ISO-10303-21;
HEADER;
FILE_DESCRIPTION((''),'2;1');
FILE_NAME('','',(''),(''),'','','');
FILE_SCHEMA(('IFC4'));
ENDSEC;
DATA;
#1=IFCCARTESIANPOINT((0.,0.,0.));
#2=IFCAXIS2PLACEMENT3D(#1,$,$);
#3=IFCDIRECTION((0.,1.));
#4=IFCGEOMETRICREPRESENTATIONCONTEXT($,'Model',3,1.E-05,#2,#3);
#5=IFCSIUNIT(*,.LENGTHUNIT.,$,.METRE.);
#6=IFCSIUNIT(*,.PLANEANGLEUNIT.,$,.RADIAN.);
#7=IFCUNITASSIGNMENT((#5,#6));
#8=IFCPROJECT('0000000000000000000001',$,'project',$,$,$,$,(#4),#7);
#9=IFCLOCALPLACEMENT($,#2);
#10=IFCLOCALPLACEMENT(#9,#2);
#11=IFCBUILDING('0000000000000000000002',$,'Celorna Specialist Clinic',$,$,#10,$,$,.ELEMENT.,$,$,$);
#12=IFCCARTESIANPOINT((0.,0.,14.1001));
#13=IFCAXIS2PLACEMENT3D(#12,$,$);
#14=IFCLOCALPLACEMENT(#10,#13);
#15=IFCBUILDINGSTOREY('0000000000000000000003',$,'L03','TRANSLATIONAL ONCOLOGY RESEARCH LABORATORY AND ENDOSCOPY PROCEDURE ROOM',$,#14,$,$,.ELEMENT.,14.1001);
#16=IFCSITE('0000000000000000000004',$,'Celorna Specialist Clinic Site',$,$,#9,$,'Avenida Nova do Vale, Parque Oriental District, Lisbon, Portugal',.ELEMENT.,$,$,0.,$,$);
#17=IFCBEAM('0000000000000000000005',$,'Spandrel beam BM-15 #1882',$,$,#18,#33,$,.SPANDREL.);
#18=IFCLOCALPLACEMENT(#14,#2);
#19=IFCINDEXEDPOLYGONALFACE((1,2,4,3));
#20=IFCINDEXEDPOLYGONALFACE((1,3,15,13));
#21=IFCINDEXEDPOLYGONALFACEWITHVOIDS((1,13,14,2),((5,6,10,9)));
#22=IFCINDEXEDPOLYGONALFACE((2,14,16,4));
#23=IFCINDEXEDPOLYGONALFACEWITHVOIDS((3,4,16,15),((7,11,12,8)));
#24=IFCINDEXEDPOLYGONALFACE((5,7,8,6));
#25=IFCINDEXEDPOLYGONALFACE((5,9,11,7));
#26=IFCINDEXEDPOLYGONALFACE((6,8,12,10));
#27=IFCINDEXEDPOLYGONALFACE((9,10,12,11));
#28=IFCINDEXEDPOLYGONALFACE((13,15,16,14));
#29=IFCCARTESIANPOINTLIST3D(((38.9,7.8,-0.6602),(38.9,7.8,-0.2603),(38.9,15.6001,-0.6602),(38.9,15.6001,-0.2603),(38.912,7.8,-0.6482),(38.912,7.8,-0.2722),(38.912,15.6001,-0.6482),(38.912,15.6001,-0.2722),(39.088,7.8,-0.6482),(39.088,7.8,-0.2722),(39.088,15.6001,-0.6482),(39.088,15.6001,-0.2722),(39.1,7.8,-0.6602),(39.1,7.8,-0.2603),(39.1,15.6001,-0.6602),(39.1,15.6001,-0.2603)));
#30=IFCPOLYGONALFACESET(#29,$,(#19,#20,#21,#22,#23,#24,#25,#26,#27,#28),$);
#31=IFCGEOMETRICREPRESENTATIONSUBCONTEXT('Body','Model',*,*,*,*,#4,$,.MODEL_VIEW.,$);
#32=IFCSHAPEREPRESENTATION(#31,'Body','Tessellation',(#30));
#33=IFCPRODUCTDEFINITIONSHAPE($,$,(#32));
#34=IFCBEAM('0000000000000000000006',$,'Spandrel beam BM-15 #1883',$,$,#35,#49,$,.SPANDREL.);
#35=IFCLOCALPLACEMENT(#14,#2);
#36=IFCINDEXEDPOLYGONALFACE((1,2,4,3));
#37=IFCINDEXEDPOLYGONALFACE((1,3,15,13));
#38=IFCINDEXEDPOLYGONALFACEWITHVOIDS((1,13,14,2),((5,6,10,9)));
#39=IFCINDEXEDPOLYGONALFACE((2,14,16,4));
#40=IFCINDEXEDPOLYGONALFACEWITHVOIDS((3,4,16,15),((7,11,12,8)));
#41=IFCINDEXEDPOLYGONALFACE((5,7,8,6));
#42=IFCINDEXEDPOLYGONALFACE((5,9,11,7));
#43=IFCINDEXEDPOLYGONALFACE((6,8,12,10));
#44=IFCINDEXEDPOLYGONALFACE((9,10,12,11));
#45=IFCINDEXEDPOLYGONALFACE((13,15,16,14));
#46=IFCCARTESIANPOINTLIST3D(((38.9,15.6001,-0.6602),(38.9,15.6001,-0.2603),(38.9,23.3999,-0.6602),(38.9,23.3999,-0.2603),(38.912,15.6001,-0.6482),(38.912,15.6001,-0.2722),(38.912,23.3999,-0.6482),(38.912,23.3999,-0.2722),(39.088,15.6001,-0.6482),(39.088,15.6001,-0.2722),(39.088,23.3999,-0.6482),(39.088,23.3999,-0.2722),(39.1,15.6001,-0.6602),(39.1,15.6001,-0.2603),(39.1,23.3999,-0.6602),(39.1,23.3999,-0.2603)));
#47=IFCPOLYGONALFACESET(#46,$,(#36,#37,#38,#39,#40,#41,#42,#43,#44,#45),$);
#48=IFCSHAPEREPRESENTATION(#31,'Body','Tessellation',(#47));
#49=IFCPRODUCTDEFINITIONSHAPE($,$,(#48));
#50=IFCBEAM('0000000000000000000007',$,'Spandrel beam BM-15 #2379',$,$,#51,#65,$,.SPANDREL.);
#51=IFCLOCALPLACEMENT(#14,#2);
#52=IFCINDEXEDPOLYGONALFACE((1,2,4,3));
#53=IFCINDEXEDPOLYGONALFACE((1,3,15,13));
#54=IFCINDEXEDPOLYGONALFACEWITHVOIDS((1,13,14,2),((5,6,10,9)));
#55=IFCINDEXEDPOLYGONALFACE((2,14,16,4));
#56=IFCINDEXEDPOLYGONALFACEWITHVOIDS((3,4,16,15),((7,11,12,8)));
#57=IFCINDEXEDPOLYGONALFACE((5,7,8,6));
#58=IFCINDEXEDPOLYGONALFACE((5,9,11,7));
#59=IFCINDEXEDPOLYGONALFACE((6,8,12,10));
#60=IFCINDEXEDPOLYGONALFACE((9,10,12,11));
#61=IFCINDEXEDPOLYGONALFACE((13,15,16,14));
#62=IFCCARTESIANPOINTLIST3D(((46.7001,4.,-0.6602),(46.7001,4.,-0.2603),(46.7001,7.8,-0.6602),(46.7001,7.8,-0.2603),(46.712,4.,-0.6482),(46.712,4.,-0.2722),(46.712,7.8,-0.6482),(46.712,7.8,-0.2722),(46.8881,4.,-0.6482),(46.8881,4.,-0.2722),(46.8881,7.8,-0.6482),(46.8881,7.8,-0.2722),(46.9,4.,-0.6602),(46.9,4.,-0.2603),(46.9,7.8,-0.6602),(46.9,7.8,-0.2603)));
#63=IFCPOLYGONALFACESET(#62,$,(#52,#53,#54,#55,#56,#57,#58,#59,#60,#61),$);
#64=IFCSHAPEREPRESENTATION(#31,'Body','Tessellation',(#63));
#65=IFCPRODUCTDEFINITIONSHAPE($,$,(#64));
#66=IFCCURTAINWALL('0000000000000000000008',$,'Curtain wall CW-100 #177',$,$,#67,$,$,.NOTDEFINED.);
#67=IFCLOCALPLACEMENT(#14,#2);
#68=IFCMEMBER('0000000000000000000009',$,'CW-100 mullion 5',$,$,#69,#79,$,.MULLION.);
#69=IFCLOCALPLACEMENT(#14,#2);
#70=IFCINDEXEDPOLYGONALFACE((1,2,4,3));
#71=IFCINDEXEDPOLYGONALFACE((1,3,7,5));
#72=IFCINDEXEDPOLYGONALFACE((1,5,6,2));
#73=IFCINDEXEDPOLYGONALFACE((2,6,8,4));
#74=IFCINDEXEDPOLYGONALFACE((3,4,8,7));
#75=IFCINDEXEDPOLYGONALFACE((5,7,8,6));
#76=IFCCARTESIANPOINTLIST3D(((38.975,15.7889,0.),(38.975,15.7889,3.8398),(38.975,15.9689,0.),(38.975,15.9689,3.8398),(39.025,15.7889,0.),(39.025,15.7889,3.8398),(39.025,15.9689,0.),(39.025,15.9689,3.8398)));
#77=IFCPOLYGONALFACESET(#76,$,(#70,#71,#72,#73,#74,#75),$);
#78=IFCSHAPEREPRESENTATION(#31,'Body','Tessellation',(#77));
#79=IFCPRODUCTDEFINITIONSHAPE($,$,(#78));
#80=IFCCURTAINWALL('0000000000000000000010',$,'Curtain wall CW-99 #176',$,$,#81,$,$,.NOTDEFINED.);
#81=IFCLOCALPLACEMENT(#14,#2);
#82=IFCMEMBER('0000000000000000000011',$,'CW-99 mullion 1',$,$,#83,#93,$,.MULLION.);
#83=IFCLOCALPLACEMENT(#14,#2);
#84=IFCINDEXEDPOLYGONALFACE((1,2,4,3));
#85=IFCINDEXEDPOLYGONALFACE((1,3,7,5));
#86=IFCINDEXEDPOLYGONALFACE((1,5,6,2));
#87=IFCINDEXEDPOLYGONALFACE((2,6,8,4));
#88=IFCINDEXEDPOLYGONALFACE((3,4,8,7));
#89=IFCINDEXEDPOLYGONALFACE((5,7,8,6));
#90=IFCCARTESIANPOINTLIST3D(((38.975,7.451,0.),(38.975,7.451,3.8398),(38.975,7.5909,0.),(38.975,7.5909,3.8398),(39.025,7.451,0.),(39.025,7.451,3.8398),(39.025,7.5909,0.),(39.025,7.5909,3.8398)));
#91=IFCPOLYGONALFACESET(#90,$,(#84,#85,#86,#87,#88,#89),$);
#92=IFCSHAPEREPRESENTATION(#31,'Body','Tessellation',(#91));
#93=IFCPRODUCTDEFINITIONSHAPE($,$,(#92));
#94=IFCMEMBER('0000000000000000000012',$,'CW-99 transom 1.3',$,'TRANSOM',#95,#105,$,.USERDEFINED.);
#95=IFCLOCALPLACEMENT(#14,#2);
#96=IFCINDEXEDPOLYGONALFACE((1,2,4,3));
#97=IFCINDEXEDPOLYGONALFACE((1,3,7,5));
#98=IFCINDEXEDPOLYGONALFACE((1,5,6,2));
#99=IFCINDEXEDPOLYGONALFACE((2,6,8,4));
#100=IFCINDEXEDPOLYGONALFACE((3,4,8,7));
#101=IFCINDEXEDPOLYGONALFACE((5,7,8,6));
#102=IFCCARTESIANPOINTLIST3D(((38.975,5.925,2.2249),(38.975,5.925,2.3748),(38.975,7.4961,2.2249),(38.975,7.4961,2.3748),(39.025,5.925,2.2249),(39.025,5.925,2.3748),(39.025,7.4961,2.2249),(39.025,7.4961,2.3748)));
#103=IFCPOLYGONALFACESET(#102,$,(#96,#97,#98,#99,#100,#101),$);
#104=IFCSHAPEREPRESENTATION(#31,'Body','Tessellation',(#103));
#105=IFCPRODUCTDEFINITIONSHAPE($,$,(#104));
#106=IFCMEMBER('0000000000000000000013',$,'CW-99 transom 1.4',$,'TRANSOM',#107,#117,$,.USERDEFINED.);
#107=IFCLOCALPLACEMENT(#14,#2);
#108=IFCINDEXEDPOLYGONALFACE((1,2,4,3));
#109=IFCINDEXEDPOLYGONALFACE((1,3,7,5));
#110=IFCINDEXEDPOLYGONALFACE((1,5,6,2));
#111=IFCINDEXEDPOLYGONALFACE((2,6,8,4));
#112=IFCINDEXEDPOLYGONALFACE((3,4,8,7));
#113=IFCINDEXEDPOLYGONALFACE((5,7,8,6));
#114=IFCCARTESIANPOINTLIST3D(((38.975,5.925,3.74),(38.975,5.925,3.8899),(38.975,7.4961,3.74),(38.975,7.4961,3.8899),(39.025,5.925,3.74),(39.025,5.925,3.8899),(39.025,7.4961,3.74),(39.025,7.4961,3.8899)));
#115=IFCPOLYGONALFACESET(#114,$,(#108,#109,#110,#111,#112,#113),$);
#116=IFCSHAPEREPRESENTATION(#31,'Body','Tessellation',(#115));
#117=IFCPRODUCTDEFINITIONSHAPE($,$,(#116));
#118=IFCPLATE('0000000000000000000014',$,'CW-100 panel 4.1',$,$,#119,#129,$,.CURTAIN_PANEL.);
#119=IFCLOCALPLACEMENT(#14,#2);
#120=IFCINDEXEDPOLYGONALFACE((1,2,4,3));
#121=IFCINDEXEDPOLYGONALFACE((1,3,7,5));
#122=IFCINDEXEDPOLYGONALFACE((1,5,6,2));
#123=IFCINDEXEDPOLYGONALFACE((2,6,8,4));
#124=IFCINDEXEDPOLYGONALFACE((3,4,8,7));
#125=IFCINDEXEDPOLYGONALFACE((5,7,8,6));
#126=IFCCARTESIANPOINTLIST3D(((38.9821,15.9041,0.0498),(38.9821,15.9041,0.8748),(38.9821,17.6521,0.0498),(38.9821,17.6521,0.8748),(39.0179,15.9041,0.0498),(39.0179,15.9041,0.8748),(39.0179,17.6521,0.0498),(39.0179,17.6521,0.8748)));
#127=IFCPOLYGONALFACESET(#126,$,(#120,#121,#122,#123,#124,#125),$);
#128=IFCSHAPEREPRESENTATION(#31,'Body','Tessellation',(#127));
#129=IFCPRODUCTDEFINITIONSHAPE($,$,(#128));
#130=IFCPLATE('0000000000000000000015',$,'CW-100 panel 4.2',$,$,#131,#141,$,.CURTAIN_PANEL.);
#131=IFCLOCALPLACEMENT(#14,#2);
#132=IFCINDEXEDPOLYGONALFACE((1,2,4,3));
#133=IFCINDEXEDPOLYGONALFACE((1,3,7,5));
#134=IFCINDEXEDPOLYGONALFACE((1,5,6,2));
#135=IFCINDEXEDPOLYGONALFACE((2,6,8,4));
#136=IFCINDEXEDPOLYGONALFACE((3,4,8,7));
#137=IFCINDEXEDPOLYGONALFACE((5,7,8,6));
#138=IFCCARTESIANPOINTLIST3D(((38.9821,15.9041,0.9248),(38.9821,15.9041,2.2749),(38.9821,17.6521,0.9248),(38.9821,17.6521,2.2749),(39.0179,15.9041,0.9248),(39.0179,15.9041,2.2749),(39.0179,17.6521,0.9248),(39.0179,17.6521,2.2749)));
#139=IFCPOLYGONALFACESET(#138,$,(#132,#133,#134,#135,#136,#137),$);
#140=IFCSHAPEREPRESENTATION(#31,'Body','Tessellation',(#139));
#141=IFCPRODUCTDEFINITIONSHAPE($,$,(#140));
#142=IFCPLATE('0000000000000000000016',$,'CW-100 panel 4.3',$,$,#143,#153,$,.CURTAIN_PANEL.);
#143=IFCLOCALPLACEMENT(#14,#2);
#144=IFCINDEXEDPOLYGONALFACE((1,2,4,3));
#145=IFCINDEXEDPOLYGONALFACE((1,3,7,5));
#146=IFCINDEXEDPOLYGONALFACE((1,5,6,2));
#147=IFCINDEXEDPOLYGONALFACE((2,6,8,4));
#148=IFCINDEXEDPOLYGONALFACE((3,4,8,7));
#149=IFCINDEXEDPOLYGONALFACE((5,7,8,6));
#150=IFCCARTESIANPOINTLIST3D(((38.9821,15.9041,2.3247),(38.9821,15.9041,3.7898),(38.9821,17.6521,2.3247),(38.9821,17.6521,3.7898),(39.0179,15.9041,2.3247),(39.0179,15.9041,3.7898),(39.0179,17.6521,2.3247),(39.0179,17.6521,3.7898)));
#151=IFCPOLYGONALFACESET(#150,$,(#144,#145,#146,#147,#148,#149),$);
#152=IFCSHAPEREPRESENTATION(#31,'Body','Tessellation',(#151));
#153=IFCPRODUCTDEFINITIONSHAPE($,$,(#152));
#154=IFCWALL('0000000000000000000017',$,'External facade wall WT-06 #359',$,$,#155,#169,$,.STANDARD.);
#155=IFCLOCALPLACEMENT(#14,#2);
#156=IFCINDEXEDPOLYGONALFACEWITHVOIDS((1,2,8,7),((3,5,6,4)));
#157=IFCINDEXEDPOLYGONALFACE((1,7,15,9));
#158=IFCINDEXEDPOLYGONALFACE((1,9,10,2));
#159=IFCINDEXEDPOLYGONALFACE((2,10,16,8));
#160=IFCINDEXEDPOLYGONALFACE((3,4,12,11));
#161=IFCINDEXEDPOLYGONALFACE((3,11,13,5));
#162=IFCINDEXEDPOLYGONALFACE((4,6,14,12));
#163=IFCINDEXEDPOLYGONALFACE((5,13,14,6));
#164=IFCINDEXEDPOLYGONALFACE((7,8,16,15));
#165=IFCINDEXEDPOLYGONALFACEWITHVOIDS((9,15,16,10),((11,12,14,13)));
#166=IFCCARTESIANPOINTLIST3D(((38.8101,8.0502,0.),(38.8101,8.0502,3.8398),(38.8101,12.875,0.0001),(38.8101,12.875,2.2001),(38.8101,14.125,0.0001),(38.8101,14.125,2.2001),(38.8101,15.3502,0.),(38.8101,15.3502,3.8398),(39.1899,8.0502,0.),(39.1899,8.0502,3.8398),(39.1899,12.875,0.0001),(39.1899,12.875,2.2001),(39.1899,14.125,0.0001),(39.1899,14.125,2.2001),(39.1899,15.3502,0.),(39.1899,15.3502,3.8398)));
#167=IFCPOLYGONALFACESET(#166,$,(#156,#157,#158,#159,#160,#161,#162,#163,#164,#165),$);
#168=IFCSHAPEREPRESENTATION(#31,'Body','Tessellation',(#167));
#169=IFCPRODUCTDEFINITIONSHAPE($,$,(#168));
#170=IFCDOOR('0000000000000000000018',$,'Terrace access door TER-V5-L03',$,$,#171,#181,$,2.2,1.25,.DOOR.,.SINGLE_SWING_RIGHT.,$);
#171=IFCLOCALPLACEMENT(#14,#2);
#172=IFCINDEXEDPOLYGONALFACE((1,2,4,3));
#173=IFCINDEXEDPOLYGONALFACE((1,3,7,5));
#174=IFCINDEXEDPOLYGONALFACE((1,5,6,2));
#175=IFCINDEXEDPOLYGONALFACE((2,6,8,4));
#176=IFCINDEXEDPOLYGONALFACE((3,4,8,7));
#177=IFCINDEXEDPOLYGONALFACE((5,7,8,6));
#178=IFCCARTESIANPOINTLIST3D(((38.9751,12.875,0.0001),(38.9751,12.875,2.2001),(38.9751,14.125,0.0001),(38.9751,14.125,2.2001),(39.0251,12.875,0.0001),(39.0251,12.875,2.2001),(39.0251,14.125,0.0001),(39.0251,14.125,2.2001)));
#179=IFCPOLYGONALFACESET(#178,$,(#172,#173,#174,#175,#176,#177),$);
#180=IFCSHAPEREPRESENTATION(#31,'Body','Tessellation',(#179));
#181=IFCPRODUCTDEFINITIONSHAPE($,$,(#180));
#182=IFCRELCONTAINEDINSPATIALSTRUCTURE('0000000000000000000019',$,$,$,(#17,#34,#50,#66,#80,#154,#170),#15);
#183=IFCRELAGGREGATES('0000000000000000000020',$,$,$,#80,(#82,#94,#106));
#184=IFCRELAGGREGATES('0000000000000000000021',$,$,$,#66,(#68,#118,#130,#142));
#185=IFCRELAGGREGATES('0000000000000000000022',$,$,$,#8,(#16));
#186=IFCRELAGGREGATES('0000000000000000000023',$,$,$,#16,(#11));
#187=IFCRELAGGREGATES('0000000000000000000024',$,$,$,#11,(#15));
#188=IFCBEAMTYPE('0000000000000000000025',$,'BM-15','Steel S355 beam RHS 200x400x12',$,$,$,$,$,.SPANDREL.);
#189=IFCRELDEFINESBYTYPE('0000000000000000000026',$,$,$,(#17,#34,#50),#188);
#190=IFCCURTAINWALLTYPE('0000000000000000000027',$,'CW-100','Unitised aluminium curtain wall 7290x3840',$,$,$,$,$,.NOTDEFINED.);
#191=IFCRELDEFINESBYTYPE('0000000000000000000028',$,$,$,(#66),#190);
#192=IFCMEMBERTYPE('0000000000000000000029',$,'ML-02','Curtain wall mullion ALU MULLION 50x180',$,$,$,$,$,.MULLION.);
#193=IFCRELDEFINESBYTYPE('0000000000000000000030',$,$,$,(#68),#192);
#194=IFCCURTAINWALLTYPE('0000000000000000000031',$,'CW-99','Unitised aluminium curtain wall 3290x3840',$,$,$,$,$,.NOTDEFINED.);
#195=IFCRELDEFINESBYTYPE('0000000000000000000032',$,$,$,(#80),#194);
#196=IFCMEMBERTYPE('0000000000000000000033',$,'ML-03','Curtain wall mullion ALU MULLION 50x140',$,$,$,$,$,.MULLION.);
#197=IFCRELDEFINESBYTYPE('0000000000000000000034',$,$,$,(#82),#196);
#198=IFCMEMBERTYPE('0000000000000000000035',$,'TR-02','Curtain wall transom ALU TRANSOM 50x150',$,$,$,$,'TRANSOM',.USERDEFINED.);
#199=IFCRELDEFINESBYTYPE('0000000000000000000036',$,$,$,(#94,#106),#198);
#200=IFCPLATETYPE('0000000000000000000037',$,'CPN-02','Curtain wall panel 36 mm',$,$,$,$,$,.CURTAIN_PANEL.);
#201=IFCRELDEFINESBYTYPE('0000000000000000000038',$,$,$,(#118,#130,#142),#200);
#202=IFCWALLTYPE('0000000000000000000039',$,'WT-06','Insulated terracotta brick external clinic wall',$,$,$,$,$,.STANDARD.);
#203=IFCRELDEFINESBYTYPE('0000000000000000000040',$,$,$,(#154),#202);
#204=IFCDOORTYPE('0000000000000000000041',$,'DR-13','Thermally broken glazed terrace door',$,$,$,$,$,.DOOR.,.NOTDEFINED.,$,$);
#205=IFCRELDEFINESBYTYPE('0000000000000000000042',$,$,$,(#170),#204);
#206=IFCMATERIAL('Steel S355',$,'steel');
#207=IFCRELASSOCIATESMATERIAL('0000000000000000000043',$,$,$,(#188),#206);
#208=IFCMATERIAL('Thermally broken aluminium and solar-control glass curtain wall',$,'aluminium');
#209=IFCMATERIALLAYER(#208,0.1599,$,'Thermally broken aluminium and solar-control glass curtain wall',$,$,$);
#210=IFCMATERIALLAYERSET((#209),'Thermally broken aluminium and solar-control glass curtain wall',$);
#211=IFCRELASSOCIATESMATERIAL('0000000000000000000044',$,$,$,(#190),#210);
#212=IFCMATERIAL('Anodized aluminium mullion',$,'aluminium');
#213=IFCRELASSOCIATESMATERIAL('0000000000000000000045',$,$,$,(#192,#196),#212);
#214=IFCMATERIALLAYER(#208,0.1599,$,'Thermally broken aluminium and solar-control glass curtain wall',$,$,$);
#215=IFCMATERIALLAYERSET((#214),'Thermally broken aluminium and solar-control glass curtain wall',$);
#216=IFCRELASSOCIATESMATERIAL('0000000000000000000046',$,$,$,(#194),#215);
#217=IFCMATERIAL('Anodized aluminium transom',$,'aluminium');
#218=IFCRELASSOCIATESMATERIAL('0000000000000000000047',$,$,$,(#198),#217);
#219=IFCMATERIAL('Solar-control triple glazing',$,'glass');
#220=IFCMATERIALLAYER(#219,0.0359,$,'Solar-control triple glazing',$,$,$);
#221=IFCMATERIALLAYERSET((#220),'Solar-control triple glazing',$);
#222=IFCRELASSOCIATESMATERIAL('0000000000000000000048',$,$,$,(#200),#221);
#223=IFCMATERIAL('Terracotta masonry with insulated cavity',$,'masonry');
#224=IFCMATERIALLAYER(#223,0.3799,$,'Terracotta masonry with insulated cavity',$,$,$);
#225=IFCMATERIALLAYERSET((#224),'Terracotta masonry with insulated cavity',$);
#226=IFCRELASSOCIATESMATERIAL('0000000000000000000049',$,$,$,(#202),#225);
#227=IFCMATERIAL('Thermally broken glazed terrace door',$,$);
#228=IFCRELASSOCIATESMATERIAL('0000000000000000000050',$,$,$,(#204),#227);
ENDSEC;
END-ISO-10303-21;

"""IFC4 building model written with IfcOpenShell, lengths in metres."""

from ifc_helpers import new_model, si_unit, direction, frame, frame_2d, origin, origin_2d, place, context, subcontext, project, spatial, rectangle, hollow_rectangle, extrude, material, layer, layer_set, material_profile, profile_set, type_object, element, fill, aggregate, save


model = new_model("IFC4")

# Units and contexts
model_context = context("Model", 3, precision=1e-05, world=origin(), true_north=direction((0.0, 1.0)))
body_context = subcontext(model_context, "Body", "Model", "MODEL_VIEW")
ifc_project = project(units=[si_unit("LENGTHUNIT", "METRE"), si_unit("PLANEANGLEUNIT", "RADIAN")], contexts=[model_context])

# Site, building, storey
site_placement = place(None, origin())
site = spatial("IfcSite", under=ifc_project, at=site_placement, Name="Celorna Specialist Clinic Site", LongName="Avenida Nova do Vale, Parque Oriental District, Lisbon, Portugal", CompositionType="ELEMENT", RefElevation=0.0)
building_placement = place(site_placement, origin())
building = spatial("IfcBuilding", under=site, at=building_placement, Name="Celorna Specialist Clinic", CompositionType="ELEMENT")
storey_placement = place(building_placement, frame((0.0, 0.0, 14.1001)))
storey = spatial("IfcBuildingStorey", under=building, at=storey_placement, Name="L03", Description="TRANSLATIONAL ONCOLOGY RESEARCH LABORATORY AND ENDOSCOPY PROCEDURE ROOM", CompositionType="ELEMENT", Elevation=14.1001)

# Beams
ifc_material_1 = material(Name="Steel S355", Category="steel")
ifc_material_profile_1 = material_profile(ifc_material_1, hollow_rectangle(XDim=0.2, YDim=0.3999, WallThickness=0.012, at=origin_2d()), Name="RHS 200x400x12")
ifc_profile_set_1 = profile_set([ifc_material_profile_1], Name="Steel S355")
beam_type_1 = type_object("IfcBeamType", Name="BM-15", Description="Steel S355 beam RHS 200x400x12", PredefinedType="SPANDREL", material=ifc_profile_set_1)
beam_1_placement = place(storey_placement, frame((39.0, 7.8, -0.4602), z_axis=(0.0, 1.0, 0.0), x_axis=(-1.0, 0.0, 0.0)))
element("IfcBeam", 1, at=beam_1_placement, inside=storey, type_object=beam_type_1, Name="Spandrel beam BM-15 #1882", PredefinedType="SPANDREL", context=body_context, shape_type="SweptSolid", body=[
    extrude(hollow_rectangle(XDim=0.2, YDim=0.3999, WallThickness=0.012, at=origin_2d()), origin(), (0.0, 0.0, 1.0), 7.8),
])
beam_2_placement = place(storey_placement, frame((39.0, 15.6001, -0.4602), z_axis=(0.0, 1.0, 0.0), x_axis=(-1.0, 0.0, 0.0)))
element("IfcBeam", 2, at=beam_2_placement, inside=storey, type_object=beam_type_1, Name="Spandrel beam BM-15 #1883", PredefinedType="SPANDREL", context=body_context, shape_type="SweptSolid", body=[
    extrude(hollow_rectangle(XDim=0.2, YDim=0.3999, WallThickness=0.012, at=origin_2d()), origin(), (0.0, 0.0, 1.0), 7.7998),
])
beam_3_placement = place(storey_placement, frame((46.8, 4.0, -0.4602), z_axis=(0.0, 1.0, 0.0), x_axis=(-1.0, 0.0, 0.0)))
element("IfcBeam", 3, at=beam_3_placement, inside=storey, type_object=beam_type_1, Name="Spandrel beam BM-15 #2379", PredefinedType="SPANDREL", context=body_context, shape_type="SweptSolid", body=[
    extrude(hollow_rectangle(XDim=0.2, YDim=0.3999, WallThickness=0.012, at=origin_2d()), origin(), (0.0, 0.0, 1.0), 3.8),
])

# Curtain wall, member
ifc_material_2 = material(Name="Thermally broken aluminium and solar-control glass curtain wall", Category="aluminium")
ifc_layer_1 = layer(ifc_material_2, 0.1599, Name="Thermally broken aluminium and solar-control glass curtain wall")
ifc_layer_set_1 = layer_set([ifc_layer_1], Name="Thermally broken aluminium and solar-control glass curtain wall")
curtain_wall_type_1 = type_object("IfcCurtainWallType", Name="CW-100", Description="Unitised aluminium curtain wall 7290x3840", PredefinedType="NOTDEFINED", material=ifc_layer_set_1)
curtain_wall_1_placement = place(storey_placement, origin())
curtain_wall_1 = element("IfcCurtainWall", 4, at=curtain_wall_1_placement, inside=storey, type_object=curtain_wall_type_1, Name="Curtain wall CW-100 #177", PredefinedType="NOTDEFINED")
ifc_material_3 = material(Name="Anodized aluminium mullion", Category="aluminium")
ifc_material_profile_2 = material_profile(ifc_material_3, rectangle(XDim=0.05, YDim=0.1799, at=origin_2d()), Name="ALU MULLION 50x180")
ifc_profile_set_2 = profile_set([ifc_material_profile_2], Name="Anodized aluminium mullion")
member_type_1 = type_object("IfcMemberType", Name="ML-02", Description="Curtain wall mullion ALU MULLION 50x180", PredefinedType="MULLION", material=ifc_profile_set_2)
member_1_placement = place(storey_placement, frame((39.0, 15.8789, 0.0), z_axis=(0.0, 0.0, 1.0), x_axis=(1.0, 0.0, 0.0)))
member_1 = element("IfcMember", 5, at=member_1_placement, type_object=member_type_1, Name="CW-100 mullion 5", PredefinedType="MULLION", context=body_context, shape_type="SweptSolid", body=[
    extrude(rectangle(XDim=0.05, YDim=0.1799, at=origin_2d()), origin(), (0.0, 0.0, 1.0), 3.8398),
])

# Curtain wall, members
ifc_layer_2 = layer(ifc_material_2, 0.1599, Name="Thermally broken aluminium and solar-control glass curtain wall")
ifc_layer_set_2 = layer_set([ifc_layer_2], Name="Thermally broken aluminium and solar-control glass curtain wall")
curtain_wall_type_2 = type_object("IfcCurtainWallType", Name="CW-99", Description="Unitised aluminium curtain wall 3290x3840", PredefinedType="NOTDEFINED", material=ifc_layer_set_2)
curtain_wall_2_placement = place(storey_placement, origin())
curtain_wall_2 = element("IfcCurtainWall", 6, at=curtain_wall_2_placement, inside=storey, type_object=curtain_wall_type_2, Name="Curtain wall CW-99 #176", PredefinedType="NOTDEFINED")
ifc_material_profile_3 = material_profile(ifc_material_3, rectangle(XDim=0.05, YDim=0.1399, at=origin_2d()), Name="ALU MULLION 50x140")
ifc_profile_set_3 = profile_set([ifc_material_profile_3], Name="Anodized aluminium mullion")
member_type_2 = type_object("IfcMemberType", Name="ML-03", Description="Curtain wall mullion ALU MULLION 50x140", PredefinedType="MULLION", material=ifc_profile_set_3)
member_2_placement = place(storey_placement, frame((39.0, 7.521, 0.0), z_axis=(0.0, 0.0, 1.0), x_axis=(1.0, 0.0, 0.0)))
member_2 = element("IfcMember", 7, at=member_2_placement, type_object=member_type_2, Name="CW-99 mullion 1", PredefinedType="MULLION", context=body_context, shape_type="SweptSolid", body=[
    extrude(rectangle(XDim=0.05, YDim=0.1399, at=origin_2d()), origin(), (0.0, 0.0, 1.0), 3.8398),
])
ifc_material_4 = material(Name="Anodized aluminium transom", Category="aluminium")
ifc_material_profile_4 = material_profile(ifc_material_4, rectangle(XDim=0.05, YDim=0.1499, at=origin_2d()), Name="ALU TRANSOM 50x150")
ifc_profile_set_4 = profile_set([ifc_material_profile_4], Name="Anodized aluminium transom")
member_type_3 = type_object("IfcMemberType", Name="TR-02", Description="Curtain wall transom ALU TRANSOM 50x150", ElementType="TRANSOM", PredefinedType="USERDEFINED", material=ifc_profile_set_4)
member_3_placement = place(storey_placement, frame((39.0, 7.4961, 2.2998), z_axis=(0.0, -1.0, 0.0), x_axis=(1.0, 0.0, 0.0)))
member_3 = element("IfcMember", 8, at=member_3_placement, type_object=member_type_3, Name="CW-99 transom 1.3", ObjectType="TRANSOM", PredefinedType="USERDEFINED", context=body_context, shape_type="SweptSolid", body=[
    extrude(rectangle(XDim=0.05, YDim=0.1499, at=origin_2d()), origin(), (0.0, 0.0, 1.0), 1.571),
])
member_4_placement = place(storey_placement, frame((39.0, 7.4961, 3.8149), z_axis=(0.0, -1.0, 0.0), x_axis=(1.0, 0.0, 0.0)))
member_4 = element("IfcMember", 9, at=member_4_placement, type_object=member_type_3, Name="CW-99 transom 1.4", ObjectType="TRANSOM", PredefinedType="USERDEFINED", context=body_context, shape_type="SweptSolid", body=[
    extrude(rectangle(XDim=0.05, YDim=0.1499, at=origin_2d()), origin(), (0.0, 0.0, 1.0), 1.571),
])
aggregate(curtain_wall_2, [member_2, member_3, member_4])

# Plates
ifc_material_5 = material(Name="Solar-control triple glazing", Category="glass")
ifc_layer_3 = layer(ifc_material_5, 0.0359, Name="Solar-control triple glazing")
ifc_layer_set_3 = layer_set([ifc_layer_3], Name="Solar-control triple glazing")
plate_type = type_object("IfcPlateType", Name="CPN-02", Description="Curtain wall panel 36 mm", PredefinedType="CURTAIN_PANEL", material=ifc_layer_set_3)
plate_1_placement = place(storey_placement, frame((39.0, 16.7781, 0.0498), z_axis=(0.0, 0.0, 1.0), x_axis=(0.0, -1.0, 0.0)))
plate_1 = element("IfcPlate", 10, at=plate_1_placement, type_object=plate_type, Name="CW-100 panel 4.1", PredefinedType="CURTAIN_PANEL", context=body_context, shape_type="SweptSolid", body=[
    extrude(rectangle(XDim=1.748, YDim=0.0359, at=origin_2d()), origin(), (0.0, 0.0, 1.0), 0.825),
])
plate_2_placement = place(storey_placement, frame((39.0, 16.7781, 0.9248), z_axis=(0.0, 0.0, 1.0), x_axis=(0.0, -1.0, 0.0)))
plate_2 = element("IfcPlate", 11, at=plate_2_placement, type_object=plate_type, Name="CW-100 panel 4.2", PredefinedType="CURTAIN_PANEL", context=body_context, shape_type="SweptSolid", body=[
    extrude(rectangle(XDim=1.748, YDim=0.0359, at=origin_2d()), origin(), (0.0, 0.0, 1.0), 1.3501),
])
plate_3_placement = place(storey_placement, frame((39.0, 16.7781, 2.3247), z_axis=(0.0, 0.0, 1.0), x_axis=(0.0, -1.0, 0.0)))
plate_3 = element("IfcPlate", 12, at=plate_3_placement, type_object=plate_type, Name="CW-100 panel 4.3", PredefinedType="CURTAIN_PANEL", context=body_context, shape_type="SweptSolid", body=[
    extrude(rectangle(XDim=1.748, YDim=0.0359, at=origin_2d()), origin(), (0.0, 0.0, 1.0), 1.4651),
])
aggregate(curtain_wall_1, [member_1, plate_1, plate_2, plate_3])

# Wall, opening, door
ifc_material_6 = material(Name="Terracotta masonry with insulated cavity", Category="masonry")
ifc_layer_4 = layer(ifc_material_6, 0.3799, Name="Terracotta masonry with insulated cavity")
ifc_layer_set_4 = layer_set([ifc_layer_4], Name="Terracotta masonry with insulated cavity")
wall_type = type_object("IfcWallType", Name="WT-06", Description="Insulated terracotta brick external clinic wall", PredefinedType="STANDARD", material=ifc_layer_set_4)
wall_placement = place(storey_placement, frame((39.0, 15.3501, 0.0), z_axis=(0.0, 0.0, 1.0), x_axis=(0.0, -1.0, 0.0)))
wall = element("IfcWall", 13, at=wall_placement, inside=storey, type_object=wall_type, Name="External facade wall WT-06 #359", PredefinedType="STANDARD", context=body_context, shape_type="SweptSolid", body=[
    extrude(rectangle(XDim=7.3, YDim=0.3799, at=frame_2d((3.6499, 0.0))), origin(), (0.0, 0.0, 1.0), 3.8398),
])
opening_placement = place(wall_placement, frame((1.2251, 0.0, 0.0)))
opening = element("IfcOpeningElement", 14, at=opening_placement, cuts=wall, PredefinedType="OPENING", context=body_context, shape_type="SweptSolid", body=[
    extrude(rectangle(XDim=1.25, YDim=2.2, at=frame_2d((0.625, 1.1001))), frame((0.0, 0.2, 0.0), z_axis=(0.0, -1.0, 0.0), x_axis=(1.0, 0.0, 0.0)), (0.0, 0.0, 1.0), 0.3999),
])
ifc_material_7 = material(Name="Thermally broken glazed terrace door")
door_type = type_object("IfcDoorType", Name="DR-13", Description="Thermally broken glazed terrace door", OperationType="NOTDEFINED", PredefinedType="DOOR", material=ifc_material_7)
door_placement = place(opening_placement, frame((1.25, 0.0, 0.0), z_axis=(0.0, 0.0, 1.0), x_axis=(-1.0, 0.0, 0.0)))
door = element("IfcDoor", 15, at=door_placement, inside=storey, type_object=door_type, Name="Terrace access door TER-V5-L03", OperationType="SINGLE_SWING_RIGHT", OverallHeight=2.2, OverallWidth=1.25, PredefinedType="DOOR", context=body_context, shape_type="SweptSolid", body=[
    extrude(rectangle(XDim=1.25, YDim=2.2, at=frame_2d((0.625, 1.1001))), frame((0.0, 0.0249, 0.0), z_axis=(0.0, -1.0, 0.0), x_axis=(1.0, 0.0, 0.0)), (0.0, 0.0, 1.0), 0.05),
])
fill(opening, door)

save(model, "model.ifc")
